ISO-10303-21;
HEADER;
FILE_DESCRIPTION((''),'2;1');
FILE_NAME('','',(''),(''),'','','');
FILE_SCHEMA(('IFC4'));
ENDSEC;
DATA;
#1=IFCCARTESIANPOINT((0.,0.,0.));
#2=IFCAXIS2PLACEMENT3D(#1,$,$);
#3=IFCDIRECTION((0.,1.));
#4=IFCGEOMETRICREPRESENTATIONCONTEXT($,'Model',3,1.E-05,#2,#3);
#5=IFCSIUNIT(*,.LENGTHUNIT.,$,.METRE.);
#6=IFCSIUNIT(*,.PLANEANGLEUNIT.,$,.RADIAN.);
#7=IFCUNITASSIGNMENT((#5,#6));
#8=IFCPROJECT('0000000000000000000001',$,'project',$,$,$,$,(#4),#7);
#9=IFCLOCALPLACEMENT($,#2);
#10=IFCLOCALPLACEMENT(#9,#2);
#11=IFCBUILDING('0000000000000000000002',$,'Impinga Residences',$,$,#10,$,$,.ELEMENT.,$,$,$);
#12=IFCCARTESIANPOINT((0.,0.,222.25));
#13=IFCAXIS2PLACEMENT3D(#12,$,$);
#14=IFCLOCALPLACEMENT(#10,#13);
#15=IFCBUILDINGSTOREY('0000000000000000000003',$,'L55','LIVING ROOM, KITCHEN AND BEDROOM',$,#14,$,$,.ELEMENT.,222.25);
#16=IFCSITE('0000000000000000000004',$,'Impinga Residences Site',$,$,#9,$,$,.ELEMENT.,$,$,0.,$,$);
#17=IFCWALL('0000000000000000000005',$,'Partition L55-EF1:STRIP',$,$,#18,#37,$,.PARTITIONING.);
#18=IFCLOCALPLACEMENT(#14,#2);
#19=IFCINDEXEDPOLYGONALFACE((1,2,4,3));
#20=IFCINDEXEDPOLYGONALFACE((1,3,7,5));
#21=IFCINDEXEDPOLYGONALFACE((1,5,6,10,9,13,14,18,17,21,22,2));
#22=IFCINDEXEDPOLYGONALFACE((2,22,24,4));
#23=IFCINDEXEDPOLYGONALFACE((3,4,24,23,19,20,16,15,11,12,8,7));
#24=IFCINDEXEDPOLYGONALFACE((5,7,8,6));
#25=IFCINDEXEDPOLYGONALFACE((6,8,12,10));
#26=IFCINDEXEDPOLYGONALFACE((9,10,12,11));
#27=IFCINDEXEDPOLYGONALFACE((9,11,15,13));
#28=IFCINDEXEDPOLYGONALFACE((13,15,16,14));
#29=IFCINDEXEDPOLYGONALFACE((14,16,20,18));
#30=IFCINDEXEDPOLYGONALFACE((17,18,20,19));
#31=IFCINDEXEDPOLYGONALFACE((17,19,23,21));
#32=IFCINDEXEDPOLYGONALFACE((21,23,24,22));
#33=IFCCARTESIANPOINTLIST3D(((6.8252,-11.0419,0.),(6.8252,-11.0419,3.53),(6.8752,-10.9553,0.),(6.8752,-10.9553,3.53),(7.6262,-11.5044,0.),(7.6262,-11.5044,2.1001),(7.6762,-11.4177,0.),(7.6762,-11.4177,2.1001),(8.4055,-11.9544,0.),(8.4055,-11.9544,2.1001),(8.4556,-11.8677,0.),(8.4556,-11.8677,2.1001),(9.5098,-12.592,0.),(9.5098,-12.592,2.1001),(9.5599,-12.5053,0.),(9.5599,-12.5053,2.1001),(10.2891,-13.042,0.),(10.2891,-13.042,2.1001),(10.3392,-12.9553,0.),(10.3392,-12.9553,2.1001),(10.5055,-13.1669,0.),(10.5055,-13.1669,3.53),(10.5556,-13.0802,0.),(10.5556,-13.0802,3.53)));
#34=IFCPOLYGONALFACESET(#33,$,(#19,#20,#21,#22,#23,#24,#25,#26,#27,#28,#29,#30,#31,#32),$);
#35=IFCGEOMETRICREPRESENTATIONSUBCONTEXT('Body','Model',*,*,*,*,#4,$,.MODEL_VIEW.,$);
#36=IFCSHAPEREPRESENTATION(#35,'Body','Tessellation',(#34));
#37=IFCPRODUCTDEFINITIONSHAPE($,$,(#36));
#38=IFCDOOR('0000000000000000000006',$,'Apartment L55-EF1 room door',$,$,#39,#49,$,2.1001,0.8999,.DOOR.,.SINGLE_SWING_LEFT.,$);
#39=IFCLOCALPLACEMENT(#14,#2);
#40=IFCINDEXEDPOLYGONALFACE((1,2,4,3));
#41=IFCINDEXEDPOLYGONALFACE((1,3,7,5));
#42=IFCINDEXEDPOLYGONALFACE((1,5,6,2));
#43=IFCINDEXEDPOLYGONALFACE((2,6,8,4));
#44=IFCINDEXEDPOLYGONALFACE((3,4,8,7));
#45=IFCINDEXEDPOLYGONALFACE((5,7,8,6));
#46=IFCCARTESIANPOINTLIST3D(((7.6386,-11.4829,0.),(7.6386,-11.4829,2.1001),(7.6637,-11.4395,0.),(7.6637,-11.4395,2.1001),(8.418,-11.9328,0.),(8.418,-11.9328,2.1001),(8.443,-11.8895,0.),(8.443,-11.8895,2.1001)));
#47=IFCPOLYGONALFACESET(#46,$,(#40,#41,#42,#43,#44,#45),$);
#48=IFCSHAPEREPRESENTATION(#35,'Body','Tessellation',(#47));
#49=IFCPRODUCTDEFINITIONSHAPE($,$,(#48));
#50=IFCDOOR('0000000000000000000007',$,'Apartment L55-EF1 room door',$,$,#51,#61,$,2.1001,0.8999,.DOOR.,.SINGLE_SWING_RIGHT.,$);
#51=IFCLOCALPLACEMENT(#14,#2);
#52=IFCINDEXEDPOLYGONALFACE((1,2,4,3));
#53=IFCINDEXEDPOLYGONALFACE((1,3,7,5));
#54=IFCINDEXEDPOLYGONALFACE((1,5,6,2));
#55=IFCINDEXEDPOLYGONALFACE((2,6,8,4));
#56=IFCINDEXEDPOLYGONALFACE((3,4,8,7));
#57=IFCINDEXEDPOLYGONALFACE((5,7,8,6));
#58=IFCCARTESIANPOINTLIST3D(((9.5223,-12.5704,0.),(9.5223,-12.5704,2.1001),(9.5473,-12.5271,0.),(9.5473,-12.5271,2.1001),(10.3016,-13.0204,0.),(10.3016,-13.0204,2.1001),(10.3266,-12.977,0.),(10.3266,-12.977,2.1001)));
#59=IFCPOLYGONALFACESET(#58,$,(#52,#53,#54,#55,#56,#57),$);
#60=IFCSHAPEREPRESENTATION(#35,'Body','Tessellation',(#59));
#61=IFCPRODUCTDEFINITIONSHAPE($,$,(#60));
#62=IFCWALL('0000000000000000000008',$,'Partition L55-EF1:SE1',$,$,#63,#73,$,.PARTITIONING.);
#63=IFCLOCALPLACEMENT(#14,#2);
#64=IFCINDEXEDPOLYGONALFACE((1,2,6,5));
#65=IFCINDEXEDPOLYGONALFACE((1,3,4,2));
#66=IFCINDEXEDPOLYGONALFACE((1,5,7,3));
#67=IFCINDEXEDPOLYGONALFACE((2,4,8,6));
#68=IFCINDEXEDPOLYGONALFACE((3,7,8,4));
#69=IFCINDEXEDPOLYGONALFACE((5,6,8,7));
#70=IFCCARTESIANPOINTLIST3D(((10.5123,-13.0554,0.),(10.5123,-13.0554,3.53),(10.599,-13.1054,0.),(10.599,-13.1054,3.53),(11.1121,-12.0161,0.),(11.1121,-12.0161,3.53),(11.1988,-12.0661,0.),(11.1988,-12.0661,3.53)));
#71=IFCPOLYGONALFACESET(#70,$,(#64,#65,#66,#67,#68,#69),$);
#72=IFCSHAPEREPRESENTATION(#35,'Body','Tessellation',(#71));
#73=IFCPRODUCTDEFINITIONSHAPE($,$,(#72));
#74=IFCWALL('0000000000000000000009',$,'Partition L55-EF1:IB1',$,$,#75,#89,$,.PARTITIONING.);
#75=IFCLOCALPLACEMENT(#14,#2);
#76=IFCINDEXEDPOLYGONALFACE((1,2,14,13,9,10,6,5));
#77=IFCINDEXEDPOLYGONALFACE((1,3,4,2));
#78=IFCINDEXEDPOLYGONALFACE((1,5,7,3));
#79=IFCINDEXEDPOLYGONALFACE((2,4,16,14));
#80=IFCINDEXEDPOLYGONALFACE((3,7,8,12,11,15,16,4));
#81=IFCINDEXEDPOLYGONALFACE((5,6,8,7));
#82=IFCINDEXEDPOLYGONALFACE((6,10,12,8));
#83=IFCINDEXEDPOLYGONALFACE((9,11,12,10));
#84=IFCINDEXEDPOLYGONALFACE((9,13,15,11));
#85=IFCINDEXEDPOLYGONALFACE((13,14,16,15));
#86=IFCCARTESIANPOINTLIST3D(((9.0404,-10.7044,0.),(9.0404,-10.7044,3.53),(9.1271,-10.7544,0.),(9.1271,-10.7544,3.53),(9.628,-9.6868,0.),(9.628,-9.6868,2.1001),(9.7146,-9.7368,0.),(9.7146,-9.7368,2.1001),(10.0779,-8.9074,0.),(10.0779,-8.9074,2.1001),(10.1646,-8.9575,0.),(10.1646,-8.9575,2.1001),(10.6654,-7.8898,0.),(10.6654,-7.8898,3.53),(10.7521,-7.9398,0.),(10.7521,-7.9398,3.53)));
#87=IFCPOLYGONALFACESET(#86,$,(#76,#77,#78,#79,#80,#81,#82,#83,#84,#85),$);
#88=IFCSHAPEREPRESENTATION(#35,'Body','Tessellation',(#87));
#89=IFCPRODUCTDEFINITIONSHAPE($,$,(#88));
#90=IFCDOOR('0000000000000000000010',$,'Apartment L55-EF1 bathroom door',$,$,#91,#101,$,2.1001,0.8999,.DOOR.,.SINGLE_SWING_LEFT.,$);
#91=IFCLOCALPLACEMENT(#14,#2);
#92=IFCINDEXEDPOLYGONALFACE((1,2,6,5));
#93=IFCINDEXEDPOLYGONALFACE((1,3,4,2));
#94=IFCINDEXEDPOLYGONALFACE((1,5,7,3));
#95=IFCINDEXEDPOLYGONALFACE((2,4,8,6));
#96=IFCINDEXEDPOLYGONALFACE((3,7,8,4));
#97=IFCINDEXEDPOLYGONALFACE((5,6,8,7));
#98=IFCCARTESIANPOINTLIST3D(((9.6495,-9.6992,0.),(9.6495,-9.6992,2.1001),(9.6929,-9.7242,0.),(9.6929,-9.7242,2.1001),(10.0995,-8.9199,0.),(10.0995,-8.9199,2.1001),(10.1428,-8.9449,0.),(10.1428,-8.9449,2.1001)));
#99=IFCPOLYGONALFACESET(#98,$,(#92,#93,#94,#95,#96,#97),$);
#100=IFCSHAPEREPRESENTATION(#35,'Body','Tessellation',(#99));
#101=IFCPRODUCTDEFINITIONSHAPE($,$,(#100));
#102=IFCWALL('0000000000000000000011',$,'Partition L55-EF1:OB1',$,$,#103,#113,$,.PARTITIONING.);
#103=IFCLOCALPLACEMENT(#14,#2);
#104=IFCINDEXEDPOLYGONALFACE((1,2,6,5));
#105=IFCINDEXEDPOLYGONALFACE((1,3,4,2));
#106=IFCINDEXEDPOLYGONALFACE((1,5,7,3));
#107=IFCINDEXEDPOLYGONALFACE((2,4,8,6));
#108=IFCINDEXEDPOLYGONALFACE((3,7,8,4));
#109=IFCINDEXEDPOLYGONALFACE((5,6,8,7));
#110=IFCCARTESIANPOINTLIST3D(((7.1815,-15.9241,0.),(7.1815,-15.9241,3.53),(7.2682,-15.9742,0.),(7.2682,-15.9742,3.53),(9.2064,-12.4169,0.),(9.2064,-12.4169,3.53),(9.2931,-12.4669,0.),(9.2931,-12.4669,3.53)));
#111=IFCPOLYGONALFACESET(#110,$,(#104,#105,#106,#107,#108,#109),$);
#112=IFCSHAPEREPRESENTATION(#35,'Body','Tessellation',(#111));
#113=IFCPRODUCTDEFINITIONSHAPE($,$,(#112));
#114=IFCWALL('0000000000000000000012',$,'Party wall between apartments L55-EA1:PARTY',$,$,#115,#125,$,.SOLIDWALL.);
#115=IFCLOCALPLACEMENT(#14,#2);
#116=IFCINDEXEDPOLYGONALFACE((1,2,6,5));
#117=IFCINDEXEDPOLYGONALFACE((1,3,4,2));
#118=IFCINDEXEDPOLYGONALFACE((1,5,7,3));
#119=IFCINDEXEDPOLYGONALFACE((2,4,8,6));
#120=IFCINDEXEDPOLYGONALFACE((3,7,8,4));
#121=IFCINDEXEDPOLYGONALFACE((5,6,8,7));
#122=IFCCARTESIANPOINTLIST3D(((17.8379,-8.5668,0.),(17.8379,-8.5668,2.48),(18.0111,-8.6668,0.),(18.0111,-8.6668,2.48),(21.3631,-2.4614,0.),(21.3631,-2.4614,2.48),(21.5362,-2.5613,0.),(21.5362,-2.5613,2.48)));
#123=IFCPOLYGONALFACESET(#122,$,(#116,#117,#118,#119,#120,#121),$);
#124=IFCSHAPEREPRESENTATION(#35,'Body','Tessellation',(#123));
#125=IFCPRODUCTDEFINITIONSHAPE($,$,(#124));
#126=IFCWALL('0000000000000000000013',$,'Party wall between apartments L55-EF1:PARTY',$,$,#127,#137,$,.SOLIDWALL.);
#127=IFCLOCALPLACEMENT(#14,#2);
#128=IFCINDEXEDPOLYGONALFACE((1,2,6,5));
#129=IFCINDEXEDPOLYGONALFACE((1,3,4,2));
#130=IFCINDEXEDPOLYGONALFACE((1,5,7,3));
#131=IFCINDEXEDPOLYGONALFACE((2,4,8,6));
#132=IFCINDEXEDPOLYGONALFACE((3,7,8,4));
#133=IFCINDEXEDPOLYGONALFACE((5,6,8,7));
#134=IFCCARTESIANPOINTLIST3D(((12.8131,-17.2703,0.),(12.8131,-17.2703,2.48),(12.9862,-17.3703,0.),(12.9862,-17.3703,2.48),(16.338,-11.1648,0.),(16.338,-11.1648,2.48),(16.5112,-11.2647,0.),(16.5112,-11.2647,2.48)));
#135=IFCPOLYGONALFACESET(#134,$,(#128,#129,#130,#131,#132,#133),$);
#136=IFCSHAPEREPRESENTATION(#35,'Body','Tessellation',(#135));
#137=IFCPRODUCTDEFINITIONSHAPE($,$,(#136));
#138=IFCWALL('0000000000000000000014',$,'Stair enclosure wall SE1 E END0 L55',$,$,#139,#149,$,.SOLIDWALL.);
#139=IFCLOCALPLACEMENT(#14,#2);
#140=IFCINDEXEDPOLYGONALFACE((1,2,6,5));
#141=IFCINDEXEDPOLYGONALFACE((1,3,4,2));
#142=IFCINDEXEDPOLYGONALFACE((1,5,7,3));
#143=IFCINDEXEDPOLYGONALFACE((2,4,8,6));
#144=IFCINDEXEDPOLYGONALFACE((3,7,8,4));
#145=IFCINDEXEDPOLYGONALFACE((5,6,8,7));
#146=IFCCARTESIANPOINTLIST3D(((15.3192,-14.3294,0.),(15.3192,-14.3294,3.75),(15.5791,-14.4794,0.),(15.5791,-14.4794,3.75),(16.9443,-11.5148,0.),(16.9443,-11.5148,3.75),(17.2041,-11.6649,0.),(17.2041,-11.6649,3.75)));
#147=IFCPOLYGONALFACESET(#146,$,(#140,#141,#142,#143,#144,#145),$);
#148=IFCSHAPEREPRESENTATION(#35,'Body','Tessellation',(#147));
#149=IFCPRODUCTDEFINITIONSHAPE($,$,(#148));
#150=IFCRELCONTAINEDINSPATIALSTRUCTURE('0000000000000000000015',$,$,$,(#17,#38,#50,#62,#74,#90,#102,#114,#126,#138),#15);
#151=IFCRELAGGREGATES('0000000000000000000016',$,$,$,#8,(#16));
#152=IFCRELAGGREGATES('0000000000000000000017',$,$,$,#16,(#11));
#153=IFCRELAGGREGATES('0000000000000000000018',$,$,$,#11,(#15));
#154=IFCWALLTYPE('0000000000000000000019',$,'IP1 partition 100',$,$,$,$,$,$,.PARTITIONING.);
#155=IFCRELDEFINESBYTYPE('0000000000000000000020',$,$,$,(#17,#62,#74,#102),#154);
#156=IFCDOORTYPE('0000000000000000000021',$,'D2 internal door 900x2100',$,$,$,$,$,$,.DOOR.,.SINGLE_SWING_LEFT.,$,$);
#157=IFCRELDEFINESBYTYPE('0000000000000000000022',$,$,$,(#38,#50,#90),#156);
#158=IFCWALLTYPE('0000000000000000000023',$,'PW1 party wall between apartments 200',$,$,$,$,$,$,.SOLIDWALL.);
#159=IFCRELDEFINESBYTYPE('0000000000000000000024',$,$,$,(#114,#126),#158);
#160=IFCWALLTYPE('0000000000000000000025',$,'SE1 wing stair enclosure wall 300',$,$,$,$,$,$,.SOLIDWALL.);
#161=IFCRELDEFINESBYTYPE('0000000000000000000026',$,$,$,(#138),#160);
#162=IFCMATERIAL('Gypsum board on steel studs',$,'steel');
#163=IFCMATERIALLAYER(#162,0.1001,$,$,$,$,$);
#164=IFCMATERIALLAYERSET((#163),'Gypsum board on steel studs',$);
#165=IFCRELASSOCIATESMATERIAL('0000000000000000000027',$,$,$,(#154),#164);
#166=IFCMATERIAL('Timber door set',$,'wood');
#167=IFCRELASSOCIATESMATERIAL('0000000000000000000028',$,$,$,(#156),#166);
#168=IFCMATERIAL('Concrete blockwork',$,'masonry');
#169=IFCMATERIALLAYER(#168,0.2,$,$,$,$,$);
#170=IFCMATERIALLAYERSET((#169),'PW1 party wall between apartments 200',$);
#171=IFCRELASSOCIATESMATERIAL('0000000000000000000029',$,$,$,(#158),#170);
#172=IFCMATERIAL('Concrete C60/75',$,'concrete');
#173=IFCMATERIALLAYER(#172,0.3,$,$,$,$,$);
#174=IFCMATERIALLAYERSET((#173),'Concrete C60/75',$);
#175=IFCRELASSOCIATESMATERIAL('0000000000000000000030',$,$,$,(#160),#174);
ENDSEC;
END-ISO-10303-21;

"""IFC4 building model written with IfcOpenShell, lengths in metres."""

from ifc_helpers import new_model, si_unit, direction, frame, frame_2d, origin, place, context, subcontext, project, spatial, rectangle, extrude, material, layer, layer_set, type_object, element, fill, save


model = new_model("IFC4")

# Units and contexts
model_context = context("Model", 3, precision=1e-05, world=origin(), true_north=direction((0.0, 1.0)))
body_context = subcontext(model_context, "Body", "Model", "MODEL_VIEW")
ifc_project = project(units=[si_unit("LENGTHUNIT", "METRE"), si_unit("PLANEANGLEUNIT", "RADIAN")], contexts=[model_context])

# Site, building, storey
site_placement = place(None, origin())
site = spatial("IfcSite", under=ifc_project, at=site_placement, Name="Impinga Residences Site", CompositionType="ELEMENT", RefElevation=0.0)
building_placement = place(site_placement, origin())
building = spatial("IfcBuilding", under=site, at=building_placement, Name="Impinga Residences", CompositionType="ELEMENT")
storey_placement = place(building_placement, frame((0.0, 0.0, 222.25)))
storey = spatial("IfcBuildingStorey", under=building, at=storey_placement, Name="L55", Description="LIVING ROOM, KITCHEN AND BEDROOM", CompositionType="ELEMENT", Elevation=222.25)

# Shared definitions
ifc_material_1 = material(Name="Concrete C60/75", Category="concrete")

# Shared definitions
ifc_material_2 = material(Name="Timber door set", Category="wood")

# Shared definitions
ifc_material_3 = material(Name="Gypsum board on steel studs", Category="steel")
ifc_layer_1 = layer(ifc_material_3, 0.1001)
ifc_layer_set_1 = layer_set([ifc_layer_1], Name="Gypsum board on steel studs")
wall_type_1 = type_object("IfcWallType", Name="IP1 partition 100", PredefinedType="PARTITIONING", material=ifc_layer_set_1)
door_type_1 = type_object("IfcDoorType", Name="D2 internal door 900x2100", OperationType="SINGLE_SWING_LEFT", PredefinedType="DOOR", material=ifc_material_2)

# Wall, openings, doors
wall_1_placement = place(storey_placement, frame((6.8501, -10.9985, 0.0), z_axis=(0.0, 0.0, 1.0), x_axis=(0.866014, -0.500019, 0.0)))
wall_1 = element("IfcWall", 1, at=wall_1_placement, inside=storey, type_object=wall_type_1, Name="Partition L55-EF1:STRIP", PredefinedType="PARTITIONING", context=body_context, shape_type="SweptSolid", body=[
    extrude(rectangle(XDim=4.2498, YDim=0.1001, at=frame_2d((2.125, 0.0))), origin(), (0.0, 0.0, 1.0), 3.53),
])
opening_1_placement = place(wall_1_placement, frame((0.925, 0.0, 0.0)))
opening_1 = element("IfcOpeningElement", 2, at=opening_1_placement, cuts=wall_1, PredefinedType="OPENING", context=body_context, shape_type="SweptSolid", body=[
    extrude(rectangle(XDim=0.8999, YDim=2.1001, at=frame_2d((0.45, 1.05))), frame((0.0, 0.0601, 0.0), z_axis=(0.0, -1.0, 0.0), x_axis=(1.0, 0.0, 0.0)), (0.0, 0.0, 1.0), 0.1201),
])
opening_2_placement = place(wall_1_placement, frame((3.1001, 0.0, 0.0)))
opening_2 = element("IfcOpeningElement", 3, at=opening_2_placement, cuts=wall_1, PredefinedType="OPENING", context=body_context, shape_type="SweptSolid", body=[
    extrude(rectangle(XDim=0.8999, YDim=2.1001, at=frame_2d((0.45, 1.05))), frame((0.0, 0.0601, 0.0), z_axis=(0.0, -1.0, 0.0), x_axis=(1.0, 0.0, 0.0)), (0.0, 0.0, 1.0), 0.1201),
])
door_1_placement = place(opening_1_placement, origin())
door_1 = element("IfcDoor", 4, at=door_1_placement, inside=storey, type_object=door_type_1, Name="Apartment L55-EF1 room door", OperationType="SINGLE_SWING_LEFT", OverallHeight=2.1001, OverallWidth=0.8999, PredefinedType="DOOR", context=body_context, shape_type="SweptSolid", body=[
    extrude(rectangle(XDim=0.8999, YDim=2.1001, at=frame_2d((0.45, 1.05))), frame((0.0, 0.0249, 0.0), z_axis=(0.0, -1.0, 0.0), x_axis=(1.0, 0.0, 0.0)), (0.0, 0.0, 1.0), 0.05),
])
fill(opening_1, door_1)
door_2_placement = place(opening_2_placement, origin())
door_2 = element("IfcDoor", 5, at=door_2_placement, inside=storey, type_object=door_type_1, Name="Apartment L55-EF1 room door", OperationType="SINGLE_SWING_RIGHT", OverallHeight=2.1001, OverallWidth=0.8999, PredefinedType="DOOR", context=body_context, shape_type="SweptSolid", body=[
    extrude(rectangle(XDim=0.8999, YDim=2.1001, at=frame_2d((0.45, 1.05))), frame((0.0, 0.0249, 0.0), z_axis=(0.0, -1.0, 0.0), x_axis=(1.0, 0.0, 0.0)), (0.0, 0.0, 1.0), 0.05),
])
fill(opening_2, door_2)

# Wall
wall_2_placement = place(storey_placement, frame((11.1555, -12.041, 0.0), z_axis=(0.0, 0.0, 1.0), x_axis=(-0.499881, -0.866094, 0.0)))
element("IfcWall", 6, at=wall_2_placement, inside=storey, type_object=wall_type_1, Name="Partition L55-EF1:SE1", PredefinedType="PARTITIONING", context=body_context, shape_type="SweptSolid", body=[
    extrude(rectangle(XDim=1.2, YDim=0.1001, at=frame_2d((0.6001, 0.0))), origin(), (0.0, 0.0, 1.0), 3.53),
])

# Wall, opening, door
wall_3_placement = place(storey_placement, frame((10.7087, -7.9148, 0.0), z_axis=(0.0, 0.0, 1.0), x_axis=(-0.499985, -0.866034, 0.0)))
wall_3 = element("IfcWall", 7, at=wall_3_placement, inside=storey, type_object=wall_type_1, Name="Partition L55-EF1:IB1", PredefinedType="PARTITIONING", context=body_context, shape_type="SweptSolid", body=[
    extrude(rectangle(XDim=3.25, YDim=0.1001, at=frame_2d((1.625, 0.0))), origin(), (0.0, 0.0, 1.0), 3.53),
])
opening_3_placement = place(wall_3_placement, frame((1.175, 0.0, 0.0)))
opening_3 = element("IfcOpeningElement", 8, at=opening_3_placement, cuts=wall_3, PredefinedType="OPENING", context=body_context, shape_type="SweptSolid", body=[
    extrude(rectangle(XDim=0.8999, YDim=2.1001, at=frame_2d((0.45, 1.05))), frame((0.0, 0.0601, 0.0), z_axis=(0.0, -1.0, 0.0), x_axis=(1.0, 0.0, 0.0)), (0.0, 0.0, 1.0), 0.1201),
])
door_3_placement = place(opening_3_placement, origin())
door_3 = element("IfcDoor", 9, at=door_3_placement, inside=storey, type_object=door_type_1, Name="Apartment L55-EF1 bathroom door", OperationType="SINGLE_SWING_LEFT", OverallHeight=2.1001, OverallWidth=0.8999, PredefinedType="DOOR", context=body_context, shape_type="SweptSolid", body=[
    extrude(rectangle(XDim=0.8999, YDim=2.1001, at=frame_2d((0.45, 1.05))), frame((0.0, 0.0249, 0.0), z_axis=(0.0, -1.0, 0.0), x_axis=(1.0, 0.0, 0.0)), (0.0, 0.0, 1.0), 0.05),
])
fill(opening_3, door_3)

# Walls
wall_4_placement = place(storey_placement, frame((9.2498, -12.4419, 0.0), z_axis=(0.0, 0.0, 1.0), x_axis=(-0.49999, -0.866031, 0.0)))
element("IfcWall", 10, at=wall_4_placement, inside=storey, type_object=wall_type_1, Name="Partition L55-EF1:OB1", PredefinedType="PARTITIONING", context=body_context, shape_type="SweptSolid", body=[
    extrude(rectangle(XDim=4.0498, YDim=0.1001, at=frame_2d((2.0249, 0.0))), origin(), (0.0, 0.0, 1.0), 3.53),
])
ifc_material_4 = material(Name="Concrete blockwork", Category="masonry")
ifc_layer_2 = layer(ifc_material_4, 0.2)
ifc_layer_set_2 = layer_set([ifc_layer_2], Name="PW1 party wall between apartments 200")
wall_type_2 = type_object("IfcWallType", Name="PW1 party wall between apartments 200", PredefinedType="SOLIDWALL", material=ifc_layer_set_2)
for number, where, z_axis, x_axis, name in (
    (11, (17.9246, -8.6167, 0.0), (0.0, 0.0, 1.0), (0.500016, 0.866016, 0.0), "Party wall between apartments L55-EA1:PARTY"),
    (12, (16.4246, -11.2148, 0.0), (0.0, 0.0, 1.0), (-0.49999, -0.866031, 0.0), "Party wall between apartments L55-EF1:PARTY"),
):
    element("IfcWall", number, at=place(storey_placement, frame(where, z_axis=z_axis, x_axis=x_axis)), inside=storey, type_object=wall_type_2, Name=name, PredefinedType="SOLIDWALL", context=body_context, shape_type="SweptSolid", body=[
        extrude(rectangle(XDim=7.05, YDim=0.2, at=frame_2d((3.5249, 0.0))), origin(), (0.0, 0.0, 1.0), 2.48),
    ])
ifc_layer_3 = layer(ifc_material_1, 0.3)
ifc_layer_set_3 = layer_set([ifc_layer_3], Name="Concrete C60/75")
wall_type_3 = type_object("IfcWallType", Name="SE1 wing stair enclosure wall 300", PredefinedType="SOLIDWALL", material=ifc_layer_set_3)
wall_5_placement = place(storey_placement, frame((17.0742, -11.5898, 0.0), z_axis=(0.0, 0.0, 1.0), x_axis=(-0.500017, -0.866015, 0.0)))
element("IfcWall", 13, at=wall_5_placement, inside=storey, type_object=wall_type_3, Name="Stair enclosure wall SE1 E END0 L55", PredefinedType="SOLIDWALL", context=body_context, shape_type="SweptSolid", body=[
    extrude(rectangle(XDim=3.25, YDim=0.3, at=frame_2d((1.625, 0.0))), origin(), (0.0, 0.0, 1.0), 3.75),
])

save(model, "model.ifc")
